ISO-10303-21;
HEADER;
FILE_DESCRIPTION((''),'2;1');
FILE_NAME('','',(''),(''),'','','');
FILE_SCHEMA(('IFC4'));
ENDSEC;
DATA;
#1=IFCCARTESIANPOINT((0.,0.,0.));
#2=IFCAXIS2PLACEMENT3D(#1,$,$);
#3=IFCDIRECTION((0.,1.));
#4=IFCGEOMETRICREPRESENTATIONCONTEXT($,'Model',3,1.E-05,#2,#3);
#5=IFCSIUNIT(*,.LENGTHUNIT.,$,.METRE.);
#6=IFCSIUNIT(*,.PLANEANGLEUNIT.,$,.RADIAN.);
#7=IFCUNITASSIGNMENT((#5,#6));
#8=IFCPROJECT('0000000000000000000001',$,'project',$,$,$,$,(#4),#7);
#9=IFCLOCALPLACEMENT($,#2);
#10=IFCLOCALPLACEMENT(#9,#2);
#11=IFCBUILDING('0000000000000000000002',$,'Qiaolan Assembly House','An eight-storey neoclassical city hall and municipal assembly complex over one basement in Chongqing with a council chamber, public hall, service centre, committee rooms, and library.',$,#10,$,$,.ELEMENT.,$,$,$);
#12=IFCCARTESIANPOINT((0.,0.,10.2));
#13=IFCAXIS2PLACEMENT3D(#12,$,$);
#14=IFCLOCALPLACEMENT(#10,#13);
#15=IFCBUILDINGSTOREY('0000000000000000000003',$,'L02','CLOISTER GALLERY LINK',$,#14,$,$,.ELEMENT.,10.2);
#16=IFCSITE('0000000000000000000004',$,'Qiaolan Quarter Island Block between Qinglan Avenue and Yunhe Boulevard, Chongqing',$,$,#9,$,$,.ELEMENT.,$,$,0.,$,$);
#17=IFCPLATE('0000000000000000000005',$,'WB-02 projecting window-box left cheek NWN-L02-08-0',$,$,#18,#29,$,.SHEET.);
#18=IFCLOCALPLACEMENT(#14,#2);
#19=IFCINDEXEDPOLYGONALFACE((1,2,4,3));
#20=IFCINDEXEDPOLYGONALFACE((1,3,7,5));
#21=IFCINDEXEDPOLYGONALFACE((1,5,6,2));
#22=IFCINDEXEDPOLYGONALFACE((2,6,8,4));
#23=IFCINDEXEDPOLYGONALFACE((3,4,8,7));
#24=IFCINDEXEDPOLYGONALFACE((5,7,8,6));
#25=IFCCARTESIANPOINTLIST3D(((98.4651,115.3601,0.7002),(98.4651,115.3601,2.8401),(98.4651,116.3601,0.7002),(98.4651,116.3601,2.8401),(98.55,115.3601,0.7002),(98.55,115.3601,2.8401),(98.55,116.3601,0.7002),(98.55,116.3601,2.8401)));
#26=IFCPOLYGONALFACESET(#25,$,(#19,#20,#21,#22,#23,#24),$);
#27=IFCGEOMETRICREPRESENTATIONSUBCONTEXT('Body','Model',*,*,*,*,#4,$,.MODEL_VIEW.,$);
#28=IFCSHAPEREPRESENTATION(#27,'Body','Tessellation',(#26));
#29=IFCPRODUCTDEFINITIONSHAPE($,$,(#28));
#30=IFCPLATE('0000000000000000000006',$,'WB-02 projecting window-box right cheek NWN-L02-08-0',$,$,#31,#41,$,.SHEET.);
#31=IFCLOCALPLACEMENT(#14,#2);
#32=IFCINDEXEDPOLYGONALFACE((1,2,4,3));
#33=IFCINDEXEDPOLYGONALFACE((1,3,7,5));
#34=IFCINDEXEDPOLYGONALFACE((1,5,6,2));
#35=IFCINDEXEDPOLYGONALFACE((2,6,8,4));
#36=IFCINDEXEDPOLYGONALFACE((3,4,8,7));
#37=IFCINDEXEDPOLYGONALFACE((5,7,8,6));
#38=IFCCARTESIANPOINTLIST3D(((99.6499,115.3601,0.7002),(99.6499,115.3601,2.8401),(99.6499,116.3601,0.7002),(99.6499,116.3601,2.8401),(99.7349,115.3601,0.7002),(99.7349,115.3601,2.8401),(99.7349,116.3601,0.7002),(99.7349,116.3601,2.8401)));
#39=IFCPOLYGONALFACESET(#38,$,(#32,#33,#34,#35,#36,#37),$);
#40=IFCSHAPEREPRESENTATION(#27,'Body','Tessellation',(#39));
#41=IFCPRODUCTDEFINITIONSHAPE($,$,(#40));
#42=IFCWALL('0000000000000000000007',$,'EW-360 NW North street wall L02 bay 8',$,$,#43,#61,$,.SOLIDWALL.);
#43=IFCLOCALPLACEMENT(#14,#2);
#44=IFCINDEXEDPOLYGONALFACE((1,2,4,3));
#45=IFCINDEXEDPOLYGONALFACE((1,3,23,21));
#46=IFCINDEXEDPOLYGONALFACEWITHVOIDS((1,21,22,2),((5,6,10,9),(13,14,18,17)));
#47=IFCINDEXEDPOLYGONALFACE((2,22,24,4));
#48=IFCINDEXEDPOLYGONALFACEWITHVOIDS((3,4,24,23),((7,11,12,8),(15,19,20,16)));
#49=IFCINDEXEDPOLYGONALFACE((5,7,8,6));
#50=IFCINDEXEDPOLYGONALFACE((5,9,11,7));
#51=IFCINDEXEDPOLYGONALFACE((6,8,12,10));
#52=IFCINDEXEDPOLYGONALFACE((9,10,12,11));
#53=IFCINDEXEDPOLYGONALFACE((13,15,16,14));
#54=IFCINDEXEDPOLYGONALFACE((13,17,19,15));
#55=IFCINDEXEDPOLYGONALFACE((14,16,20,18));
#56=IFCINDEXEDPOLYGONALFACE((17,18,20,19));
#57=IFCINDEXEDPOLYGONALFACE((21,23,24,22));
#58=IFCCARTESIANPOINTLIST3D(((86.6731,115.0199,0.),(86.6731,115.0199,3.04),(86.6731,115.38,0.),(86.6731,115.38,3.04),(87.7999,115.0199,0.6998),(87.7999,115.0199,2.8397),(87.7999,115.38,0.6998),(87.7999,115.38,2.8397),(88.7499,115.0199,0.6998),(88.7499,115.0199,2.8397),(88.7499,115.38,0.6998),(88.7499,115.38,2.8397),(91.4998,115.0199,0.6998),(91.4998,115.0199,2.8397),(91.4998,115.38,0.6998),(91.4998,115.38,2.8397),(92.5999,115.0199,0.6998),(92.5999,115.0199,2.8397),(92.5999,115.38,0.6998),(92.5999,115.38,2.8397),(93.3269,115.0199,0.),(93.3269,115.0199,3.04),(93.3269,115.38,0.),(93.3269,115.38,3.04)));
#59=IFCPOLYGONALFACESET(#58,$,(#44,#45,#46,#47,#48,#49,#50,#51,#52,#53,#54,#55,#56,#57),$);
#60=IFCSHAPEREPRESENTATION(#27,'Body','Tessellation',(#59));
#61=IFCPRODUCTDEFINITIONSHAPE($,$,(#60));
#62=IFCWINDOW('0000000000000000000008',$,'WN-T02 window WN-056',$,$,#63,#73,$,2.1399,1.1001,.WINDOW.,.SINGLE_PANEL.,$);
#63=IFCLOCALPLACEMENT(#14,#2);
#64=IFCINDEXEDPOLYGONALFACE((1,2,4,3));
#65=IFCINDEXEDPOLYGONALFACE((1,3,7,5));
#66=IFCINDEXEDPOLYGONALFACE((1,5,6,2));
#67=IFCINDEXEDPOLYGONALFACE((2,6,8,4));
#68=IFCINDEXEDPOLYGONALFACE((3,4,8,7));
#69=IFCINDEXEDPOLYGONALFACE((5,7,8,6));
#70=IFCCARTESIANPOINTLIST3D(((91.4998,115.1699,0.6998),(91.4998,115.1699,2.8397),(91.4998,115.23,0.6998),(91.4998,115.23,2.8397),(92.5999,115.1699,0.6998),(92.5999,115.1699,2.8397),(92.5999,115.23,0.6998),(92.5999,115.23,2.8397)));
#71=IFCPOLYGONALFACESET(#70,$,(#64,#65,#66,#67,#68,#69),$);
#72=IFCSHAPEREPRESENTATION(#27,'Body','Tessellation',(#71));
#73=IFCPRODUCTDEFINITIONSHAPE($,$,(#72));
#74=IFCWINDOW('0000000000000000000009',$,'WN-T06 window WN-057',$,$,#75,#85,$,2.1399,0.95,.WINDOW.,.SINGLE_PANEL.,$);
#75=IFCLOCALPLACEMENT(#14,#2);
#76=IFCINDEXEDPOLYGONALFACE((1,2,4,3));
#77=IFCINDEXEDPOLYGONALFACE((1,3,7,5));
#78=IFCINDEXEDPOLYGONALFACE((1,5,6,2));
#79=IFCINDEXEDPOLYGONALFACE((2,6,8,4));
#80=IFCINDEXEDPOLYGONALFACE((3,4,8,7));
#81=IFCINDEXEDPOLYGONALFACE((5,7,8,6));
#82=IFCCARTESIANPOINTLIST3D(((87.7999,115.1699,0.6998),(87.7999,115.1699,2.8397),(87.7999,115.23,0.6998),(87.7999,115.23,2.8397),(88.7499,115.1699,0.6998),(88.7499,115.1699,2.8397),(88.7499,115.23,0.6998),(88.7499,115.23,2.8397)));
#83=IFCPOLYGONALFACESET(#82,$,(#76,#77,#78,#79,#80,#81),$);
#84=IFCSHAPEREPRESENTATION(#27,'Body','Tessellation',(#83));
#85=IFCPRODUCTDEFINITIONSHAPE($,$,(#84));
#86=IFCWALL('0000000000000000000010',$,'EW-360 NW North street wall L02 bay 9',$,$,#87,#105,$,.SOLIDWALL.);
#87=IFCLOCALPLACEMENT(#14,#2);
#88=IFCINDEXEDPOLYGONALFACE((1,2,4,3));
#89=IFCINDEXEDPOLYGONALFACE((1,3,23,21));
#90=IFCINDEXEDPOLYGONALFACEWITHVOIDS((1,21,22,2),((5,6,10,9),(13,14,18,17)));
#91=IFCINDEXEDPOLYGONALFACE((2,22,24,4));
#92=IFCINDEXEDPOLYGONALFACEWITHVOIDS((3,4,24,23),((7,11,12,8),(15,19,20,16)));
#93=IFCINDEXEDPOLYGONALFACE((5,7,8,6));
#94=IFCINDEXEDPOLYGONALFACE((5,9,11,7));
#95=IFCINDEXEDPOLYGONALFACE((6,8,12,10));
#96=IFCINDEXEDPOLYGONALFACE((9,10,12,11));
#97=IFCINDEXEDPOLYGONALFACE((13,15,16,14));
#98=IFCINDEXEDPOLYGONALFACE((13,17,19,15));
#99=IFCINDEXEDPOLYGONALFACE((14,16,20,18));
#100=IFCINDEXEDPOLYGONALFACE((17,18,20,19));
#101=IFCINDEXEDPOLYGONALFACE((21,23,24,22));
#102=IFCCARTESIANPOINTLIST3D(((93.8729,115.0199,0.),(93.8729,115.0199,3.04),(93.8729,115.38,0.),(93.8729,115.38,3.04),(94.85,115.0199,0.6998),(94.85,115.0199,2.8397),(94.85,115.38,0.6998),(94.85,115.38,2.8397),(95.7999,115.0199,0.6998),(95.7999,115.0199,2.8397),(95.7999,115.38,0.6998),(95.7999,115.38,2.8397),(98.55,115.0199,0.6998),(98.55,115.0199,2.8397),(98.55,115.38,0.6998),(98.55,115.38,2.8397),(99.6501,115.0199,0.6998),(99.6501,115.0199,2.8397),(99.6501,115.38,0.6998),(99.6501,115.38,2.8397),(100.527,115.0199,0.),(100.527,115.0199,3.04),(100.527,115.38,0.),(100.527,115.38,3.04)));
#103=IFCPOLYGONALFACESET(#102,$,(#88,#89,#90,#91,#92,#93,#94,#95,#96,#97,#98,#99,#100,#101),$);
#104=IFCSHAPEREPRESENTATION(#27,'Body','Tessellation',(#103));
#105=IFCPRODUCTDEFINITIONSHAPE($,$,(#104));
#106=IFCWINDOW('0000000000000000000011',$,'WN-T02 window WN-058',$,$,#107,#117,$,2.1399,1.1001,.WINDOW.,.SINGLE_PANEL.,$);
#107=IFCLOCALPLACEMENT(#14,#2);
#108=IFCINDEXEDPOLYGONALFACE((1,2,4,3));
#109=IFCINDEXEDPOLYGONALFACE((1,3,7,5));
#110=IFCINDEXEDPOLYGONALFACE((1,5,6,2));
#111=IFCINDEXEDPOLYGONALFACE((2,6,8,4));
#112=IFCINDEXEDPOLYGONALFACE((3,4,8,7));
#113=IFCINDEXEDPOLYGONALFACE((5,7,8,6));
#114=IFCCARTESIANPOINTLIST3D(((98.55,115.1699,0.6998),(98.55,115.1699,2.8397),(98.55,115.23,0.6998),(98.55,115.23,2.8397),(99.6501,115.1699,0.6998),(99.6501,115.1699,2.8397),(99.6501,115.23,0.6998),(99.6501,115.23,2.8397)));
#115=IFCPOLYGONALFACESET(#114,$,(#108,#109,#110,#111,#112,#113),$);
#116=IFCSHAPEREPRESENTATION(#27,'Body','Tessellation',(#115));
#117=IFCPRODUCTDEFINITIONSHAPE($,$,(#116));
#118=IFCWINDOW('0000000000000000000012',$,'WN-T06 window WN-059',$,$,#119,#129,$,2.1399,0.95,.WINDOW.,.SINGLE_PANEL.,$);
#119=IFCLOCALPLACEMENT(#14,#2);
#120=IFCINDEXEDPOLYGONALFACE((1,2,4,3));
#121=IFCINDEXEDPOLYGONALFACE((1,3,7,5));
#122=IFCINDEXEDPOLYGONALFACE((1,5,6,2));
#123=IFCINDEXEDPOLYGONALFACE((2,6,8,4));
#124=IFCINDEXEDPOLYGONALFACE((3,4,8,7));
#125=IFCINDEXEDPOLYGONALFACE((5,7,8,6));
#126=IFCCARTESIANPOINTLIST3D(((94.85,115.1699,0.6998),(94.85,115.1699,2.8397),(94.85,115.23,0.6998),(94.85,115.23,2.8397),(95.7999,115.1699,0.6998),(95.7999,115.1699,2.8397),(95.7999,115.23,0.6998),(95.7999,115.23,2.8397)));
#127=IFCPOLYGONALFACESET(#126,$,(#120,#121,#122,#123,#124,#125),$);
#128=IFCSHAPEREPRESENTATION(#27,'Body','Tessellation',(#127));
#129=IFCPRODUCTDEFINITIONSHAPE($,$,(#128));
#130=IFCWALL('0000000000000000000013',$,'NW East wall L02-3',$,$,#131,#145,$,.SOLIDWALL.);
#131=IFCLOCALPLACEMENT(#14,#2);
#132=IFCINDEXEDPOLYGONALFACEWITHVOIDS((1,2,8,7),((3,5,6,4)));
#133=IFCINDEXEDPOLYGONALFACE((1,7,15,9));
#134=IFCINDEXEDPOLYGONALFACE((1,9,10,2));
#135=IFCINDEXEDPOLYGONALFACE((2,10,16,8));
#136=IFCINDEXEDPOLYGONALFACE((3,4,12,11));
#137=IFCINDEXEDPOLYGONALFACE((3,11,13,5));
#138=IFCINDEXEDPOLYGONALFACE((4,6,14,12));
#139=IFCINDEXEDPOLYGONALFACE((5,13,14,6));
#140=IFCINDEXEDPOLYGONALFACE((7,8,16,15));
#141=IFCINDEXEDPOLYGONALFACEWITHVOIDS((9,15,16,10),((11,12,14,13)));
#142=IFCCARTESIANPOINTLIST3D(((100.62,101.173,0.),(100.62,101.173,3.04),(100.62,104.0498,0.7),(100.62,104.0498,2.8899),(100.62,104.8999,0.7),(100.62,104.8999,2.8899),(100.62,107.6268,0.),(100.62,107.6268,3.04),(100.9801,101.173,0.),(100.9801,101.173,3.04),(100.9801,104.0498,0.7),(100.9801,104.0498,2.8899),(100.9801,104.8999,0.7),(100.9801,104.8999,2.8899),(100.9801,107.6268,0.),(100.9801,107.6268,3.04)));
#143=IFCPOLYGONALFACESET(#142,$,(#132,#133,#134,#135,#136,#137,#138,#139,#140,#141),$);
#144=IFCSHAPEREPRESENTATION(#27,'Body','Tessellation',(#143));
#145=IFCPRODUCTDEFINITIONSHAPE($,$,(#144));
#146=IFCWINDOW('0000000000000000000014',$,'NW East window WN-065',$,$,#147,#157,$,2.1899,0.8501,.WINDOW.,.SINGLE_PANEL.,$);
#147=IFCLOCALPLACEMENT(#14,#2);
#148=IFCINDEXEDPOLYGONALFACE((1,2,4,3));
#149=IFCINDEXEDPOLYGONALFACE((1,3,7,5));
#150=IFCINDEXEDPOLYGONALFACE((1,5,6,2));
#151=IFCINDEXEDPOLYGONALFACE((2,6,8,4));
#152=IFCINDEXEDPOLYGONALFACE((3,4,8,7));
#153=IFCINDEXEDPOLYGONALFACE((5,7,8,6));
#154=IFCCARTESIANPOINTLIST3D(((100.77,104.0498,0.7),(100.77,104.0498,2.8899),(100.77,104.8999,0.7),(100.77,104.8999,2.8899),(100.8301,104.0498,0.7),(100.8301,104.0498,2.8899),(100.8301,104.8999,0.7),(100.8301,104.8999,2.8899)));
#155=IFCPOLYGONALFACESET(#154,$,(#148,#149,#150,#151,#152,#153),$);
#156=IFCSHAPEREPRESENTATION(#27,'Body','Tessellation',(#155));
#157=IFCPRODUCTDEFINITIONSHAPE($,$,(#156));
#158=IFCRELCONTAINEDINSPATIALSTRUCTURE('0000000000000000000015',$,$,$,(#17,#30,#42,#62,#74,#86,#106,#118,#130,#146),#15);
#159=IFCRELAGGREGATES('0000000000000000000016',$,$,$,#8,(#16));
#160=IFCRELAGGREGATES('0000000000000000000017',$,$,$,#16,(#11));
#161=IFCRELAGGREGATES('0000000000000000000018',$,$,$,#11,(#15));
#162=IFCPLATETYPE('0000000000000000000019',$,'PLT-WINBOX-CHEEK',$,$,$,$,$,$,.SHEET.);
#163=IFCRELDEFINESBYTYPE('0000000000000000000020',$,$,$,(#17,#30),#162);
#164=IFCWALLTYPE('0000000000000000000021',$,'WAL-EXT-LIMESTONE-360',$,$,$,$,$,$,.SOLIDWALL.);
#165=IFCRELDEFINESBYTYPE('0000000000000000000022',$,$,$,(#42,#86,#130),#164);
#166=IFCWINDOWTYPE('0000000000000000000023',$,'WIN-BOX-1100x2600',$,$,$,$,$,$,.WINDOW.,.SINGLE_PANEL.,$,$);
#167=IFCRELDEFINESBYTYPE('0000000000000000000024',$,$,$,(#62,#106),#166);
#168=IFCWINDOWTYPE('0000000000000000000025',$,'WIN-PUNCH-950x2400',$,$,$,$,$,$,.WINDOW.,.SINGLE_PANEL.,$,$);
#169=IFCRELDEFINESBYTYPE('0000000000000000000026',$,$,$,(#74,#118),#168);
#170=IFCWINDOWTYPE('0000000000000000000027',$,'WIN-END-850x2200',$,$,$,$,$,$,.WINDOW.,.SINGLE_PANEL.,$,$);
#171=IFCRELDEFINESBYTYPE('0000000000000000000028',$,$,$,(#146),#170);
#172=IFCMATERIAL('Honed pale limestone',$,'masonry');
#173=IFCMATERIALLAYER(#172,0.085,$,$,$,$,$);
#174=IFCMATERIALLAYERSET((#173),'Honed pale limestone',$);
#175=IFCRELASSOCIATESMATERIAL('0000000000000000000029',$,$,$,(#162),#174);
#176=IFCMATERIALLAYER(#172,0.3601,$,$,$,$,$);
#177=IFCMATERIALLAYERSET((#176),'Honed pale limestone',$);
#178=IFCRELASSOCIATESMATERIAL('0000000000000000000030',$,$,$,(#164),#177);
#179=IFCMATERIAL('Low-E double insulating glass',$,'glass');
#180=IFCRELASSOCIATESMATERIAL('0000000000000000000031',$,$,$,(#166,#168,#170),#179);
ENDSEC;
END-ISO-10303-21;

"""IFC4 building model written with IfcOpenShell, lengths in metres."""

from ifc_helpers import new_model, si_unit, direction, frame, frame_2d, origin, origin_2d, place, context, subcontext, project, spatial, rectangle, extrude, material, layer, layer_set, type_object, element, fill, save


model = new_model("IFC4")

# Units and contexts
model_context = context("Model", 3, precision=1e-05, world=origin(), true_north=direction((0.0, 1.0)))
body_context = subcontext(model_context, "Body", "Model", "MODEL_VIEW")
ifc_project = project(units=[si_unit("LENGTHUNIT", "METRE"), si_unit("PLANEANGLEUNIT", "RADIAN")], contexts=[model_context])

# Site, building, storey
site_placement = place(None, origin())
site = spatial("IfcSite", under=ifc_project, at=site_placement, Name="Qiaolan Quarter Island Block between Qinglan Avenue and Yunhe Boulevard, Chongqing", CompositionType="ELEMENT", RefElevation=0.0)
building_placement = place(site_placement, origin())
building = spatial("IfcBuilding", under=site, at=building_placement, Name="Qiaolan Assembly House", Description="An eight-storey neoclassical city hall and municipal assembly complex over one basement in Chongqing with a council chamber, public hall, service centre, committee rooms, and library.", CompositionType="ELEMENT")
storey_placement = place(building_placement, frame((0.0, 0.0, 10.2)))
storey = spatial("IfcBuildingStorey", under=building, at=storey_placement, Name="L02", Description="CLOISTER GALLERY LINK", CompositionType="ELEMENT", Elevation=10.2)

# Plates
ifc_material_1 = material(Name="Honed pale limestone", Category="masonry")
ifc_layer_1 = layer(ifc_material_1, 0.085)
ifc_layer_set_1 = layer_set([ifc_layer_1], Name="Honed pale limestone")
plate_type = type_object("IfcPlateType", Name="PLT-WINBOX-CHEEK", PredefinedType="SHEET", material=ifc_layer_set_1)
for number, where, z_axis, x_axis, name in (
    (1, (98.5076, 115.8601, 0.7002), (0.0, 0.0, 1.0), (1.0, 0.0, 0.0), "WB-02 projecting window-box left cheek NWN-L02-08-0"),
    (2, (99.6924, 115.8601, 0.7002), (0.0, 0.0, 1.0), (1.0, 0.0, 0.0), "WB-02 projecting window-box right cheek NWN-L02-08-0"),
):
    element("IfcPlate", number, at=place(storey_placement, frame(where, z_axis=z_axis, x_axis=x_axis)), inside=storey, type_object=plate_type, Name=name, PredefinedType="SHEET", context=body_context, shape_type="SweptSolid", body=[
        extrude(rectangle(XDim=0.085, YDim=1.0, at=origin_2d()), origin(), (0.0, 0.0, 1.0), 2.1399),
    ])

# Walls, openings, windows
ifc_layer_2 = layer(ifc_material_1, 0.3601)
ifc_layer_set_2 = layer_set([ifc_layer_2], Name="Honed pale limestone")
wall_type_1 = type_object("IfcWallType", Name="WAL-EXT-LIMESTONE-360", PredefinedType="SOLIDWALL", material=ifc_layer_set_2)
wall_1_placement = place(storey_placement, frame((93.3269, 115.2, 0.0), z_axis=(0.0, 0.0, 1.0), x_axis=(-1.0, 0.0, 0.0)))
wall_1 = element("IfcWall", 3, at=wall_1_placement, inside=storey, type_object=wall_type_1, Name="EW-360 NW North street wall L02 bay 8", PredefinedType="SOLIDWALL", context=body_context, shape_type="SweptSolid", body=[
    extrude(rectangle(XDim=6.6538, YDim=0.3601, at=frame_2d((3.3269, 0.0))), origin(), (0.0, 0.0, 1.0), 3.04),
])
opening_1_placement = place(wall_1_placement, frame((0.7271, 0.0, 0.7)))
opening_1 = element("IfcOpeningElement", 4, at=opening_1_placement, cuts=wall_1, PredefinedType="OPENING", context=body_context, shape_type="SweptSolid", body=[
    extrude(rectangle(XDim=1.1001, YDim=2.1399, at=frame_2d((0.55, 1.0698))), frame((0.0, 0.1899, 0.0), z_axis=(0.0, -1.0, 0.0), x_axis=(1.0, 0.0, 0.0)), (0.0, 0.0, 1.0), 0.3801),
])
opening_2_placement = place(wall_1_placement, frame((4.5769, 0.0, 0.7)))
opening_2 = element("IfcOpeningElement", 5, at=opening_2_placement, cuts=wall_1, PredefinedType="OPENING", context=body_context, shape_type="SweptSolid", body=[
    extrude(rectangle(XDim=0.95, YDim=2.1399, at=frame_2d((0.4751, 1.0698))), frame((0.0, 0.1899, 0.0), z_axis=(0.0, -1.0, 0.0), x_axis=(1.0, 0.0, 0.0)), (0.0, 0.0, 1.0), 0.3801),
])
ifc_material_2 = material(Name="Low-E double insulating glass", Category="glass")
window_type_1 = type_object("IfcWindowType", Name="WIN-BOX-1100x2600", PartitioningType="SINGLE_PANEL", PredefinedType="WINDOW", material=ifc_material_2)
window_1_placement = place(opening_1_placement, origin())
window_1 = element("IfcWindow", 6, at=window_1_placement, inside=storey, type_object=window_type_1, Name="WN-T02 window WN-056", OverallHeight=2.1399, OverallWidth=1.1001, PartitioningType="SINGLE_PANEL", PredefinedType="WINDOW", context=body_context, shape_type="SweptSolid", body=[
    extrude(rectangle(XDim=1.1001, YDim=2.1399, at=frame_2d((0.55, 1.0698))), frame((0.0, 0.03, 0.0), z_axis=(0.0, -1.0, 0.0), x_axis=(1.0, 0.0, 0.0)), (0.0, 0.0, 1.0), 0.0601),
])
fill(opening_1, window_1)
window_type_2 = type_object("IfcWindowType", Name="WIN-PUNCH-950x2400", PartitioningType="SINGLE_PANEL", PredefinedType="WINDOW", material=ifc_material_2)
window_2_placement = place(opening_2_placement, origin())
window_2 = element("IfcWindow", 7, at=window_2_placement, inside=storey, type_object=window_type_2, Name="WN-T06 window WN-057", OverallHeight=2.1399, OverallWidth=0.95, PartitioningType="SINGLE_PANEL", PredefinedType="WINDOW", context=body_context, shape_type="SweptSolid", body=[
    extrude(rectangle(XDim=0.95, YDim=2.1399, at=frame_2d((0.4751, 1.0698))), frame((0.0, 0.03, 0.0), z_axis=(0.0, -1.0, 0.0), x_axis=(1.0, 0.0, 0.0)), (0.0, 0.0, 1.0), 0.0601),
])
fill(opening_2, window_2)
wall_2_placement = place(storey_placement, frame((100.5271, 115.2, 0.0), z_axis=(0.0, 0.0, 1.0), x_axis=(-1.0, 0.0, 0.0)))
wall_2 = element("IfcWall", 8, at=wall_2_placement, inside=storey, type_object=wall_type_1, Name="EW-360 NW North street wall L02 bay 9", PredefinedType="SOLIDWALL", context=body_context, shape_type="SweptSolid", body=[
    extrude(rectangle(XDim=6.6541, YDim=0.3601, at=frame_2d((3.3271, 0.0))), origin(), (0.0, 0.0, 1.0), 3.04),
])
opening_3_placement = place(wall_2_placement, frame((0.877, 0.0, 0.7)))
opening_3 = element("IfcOpeningElement", 9, at=opening_3_placement, cuts=wall_2, PredefinedType="OPENING", context=body_context, shape_type="SweptSolid", body=[
    extrude(rectangle(XDim=1.1001, YDim=2.1399, at=frame_2d((0.55, 1.0698))), frame((0.0, 0.1899, 0.0), z_axis=(0.0, -1.0, 0.0), x_axis=(1.0, 0.0, 0.0)), (0.0, 0.0, 1.0), 0.3801),
])
opening_4_placement = place(wall_2_placement, frame((4.7271, 0.0, 0.7)))
opening_4 = element("IfcOpeningElement", 10, at=opening_4_placement, cuts=wall_2, PredefinedType="OPENING", context=body_context, shape_type="SweptSolid", body=[
    extrude(rectangle(XDim=0.95, YDim=2.1399, at=frame_2d((0.4751, 1.0698))), frame((0.0, 0.1899, 0.0), z_axis=(0.0, -1.0, 0.0), x_axis=(1.0, 0.0, 0.0)), (0.0, 0.0, 1.0), 0.3801),
])
window_3_placement = place(opening_3_placement, origin())
window_3 = element("IfcWindow", 11, at=window_3_placement, inside=storey, type_object=window_type_1, Name="WN-T02 window WN-058", OverallHeight=2.1399, OverallWidth=1.1001, PartitioningType="SINGLE_PANEL", PredefinedType="WINDOW", context=body_context, shape_type="SweptSolid", body=[
    extrude(rectangle(XDim=1.1001, YDim=2.1399, at=frame_2d((0.55, 1.0698))), frame((0.0, 0.03, 0.0), z_axis=(0.0, -1.0, 0.0), x_axis=(1.0, 0.0, 0.0)), (0.0, 0.0, 1.0), 0.0601),
])
fill(opening_3, window_3)
window_4_placement = place(opening_4_placement, origin())
window_4 = element("IfcWindow", 12, at=window_4_placement, inside=storey, type_object=window_type_2, Name="WN-T06 window WN-059", OverallHeight=2.1399, OverallWidth=0.95, PartitioningType="SINGLE_PANEL", PredefinedType="WINDOW", context=body_context, shape_type="SweptSolid", body=[
    extrude(rectangle(XDim=0.95, YDim=2.1399, at=frame_2d((0.4751, 1.0698))), frame((0.0, 0.03, 0.0), z_axis=(0.0, -1.0, 0.0), x_axis=(1.0, 0.0, 0.0)), (0.0, 0.0, 1.0), 0.0601),
])
fill(opening_4, window_4)

# Wall, opening, window
wall_3_placement = place(storey_placement, frame((100.8, 107.627, 0.0), z_axis=(0.0, 0.0, 1.0), x_axis=(0.0, -1.0, 0.0)))
wall_3 = element("IfcWall", 13, at=wall_3_placement, inside=storey, type_object=wall_type_1, Name="NW East wall L02-3", PredefinedType="SOLIDWALL", context=body_context, shape_type="SweptSolid", body=[
    extrude(rectangle(XDim=6.4539, YDim=0.3601, at=frame_2d((3.2271, 0.0))), origin(), (0.0, 0.0, 1.0), 3.04),
])
opening_5_placement = place(wall_3_placement, frame((2.7271, 0.0, 0.7)))
opening_5 = element("IfcOpeningElement", 14, at=opening_5_placement, cuts=wall_3, PredefinedType="OPENING", context=body_context, shape_type="SweptSolid", body=[
    extrude(rectangle(XDim=0.8501, YDim=2.1899, at=frame_2d((0.425, 1.095))), frame((0.0, 0.1899, 0.0), z_axis=(0.0, -1.0, 0.0), x_axis=(1.0, 0.0, 0.0)), (0.0, 0.0, 1.0), 0.3801),
])
window_type_3 = type_object("IfcWindowType", Name="WIN-END-850x2200", PartitioningType="SINGLE_PANEL", PredefinedType="WINDOW", material=ifc_material_2)
window_5_placement = place(opening_5_placement, origin())
window_5 = element("IfcWindow", 15, at=window_5_placement, inside=storey, type_object=window_type_3, Name="NW East window WN-065", OverallHeight=2.1899, OverallWidth=0.8501, PartitioningType="SINGLE_PANEL", PredefinedType="WINDOW", context=body_context, shape_type="SweptSolid", body=[
    extrude(rectangle(XDim=0.8501, YDim=2.1899, at=frame_2d((0.425, 1.095))), frame((0.0, 0.03, 0.0), z_axis=(0.0, -1.0, 0.0), x_axis=(1.0, 0.0, 0.0)), (0.0, 0.0, 1.0), 0.0601),
])
fill(opening_5, window_5)

save(model, "model.ifc")
